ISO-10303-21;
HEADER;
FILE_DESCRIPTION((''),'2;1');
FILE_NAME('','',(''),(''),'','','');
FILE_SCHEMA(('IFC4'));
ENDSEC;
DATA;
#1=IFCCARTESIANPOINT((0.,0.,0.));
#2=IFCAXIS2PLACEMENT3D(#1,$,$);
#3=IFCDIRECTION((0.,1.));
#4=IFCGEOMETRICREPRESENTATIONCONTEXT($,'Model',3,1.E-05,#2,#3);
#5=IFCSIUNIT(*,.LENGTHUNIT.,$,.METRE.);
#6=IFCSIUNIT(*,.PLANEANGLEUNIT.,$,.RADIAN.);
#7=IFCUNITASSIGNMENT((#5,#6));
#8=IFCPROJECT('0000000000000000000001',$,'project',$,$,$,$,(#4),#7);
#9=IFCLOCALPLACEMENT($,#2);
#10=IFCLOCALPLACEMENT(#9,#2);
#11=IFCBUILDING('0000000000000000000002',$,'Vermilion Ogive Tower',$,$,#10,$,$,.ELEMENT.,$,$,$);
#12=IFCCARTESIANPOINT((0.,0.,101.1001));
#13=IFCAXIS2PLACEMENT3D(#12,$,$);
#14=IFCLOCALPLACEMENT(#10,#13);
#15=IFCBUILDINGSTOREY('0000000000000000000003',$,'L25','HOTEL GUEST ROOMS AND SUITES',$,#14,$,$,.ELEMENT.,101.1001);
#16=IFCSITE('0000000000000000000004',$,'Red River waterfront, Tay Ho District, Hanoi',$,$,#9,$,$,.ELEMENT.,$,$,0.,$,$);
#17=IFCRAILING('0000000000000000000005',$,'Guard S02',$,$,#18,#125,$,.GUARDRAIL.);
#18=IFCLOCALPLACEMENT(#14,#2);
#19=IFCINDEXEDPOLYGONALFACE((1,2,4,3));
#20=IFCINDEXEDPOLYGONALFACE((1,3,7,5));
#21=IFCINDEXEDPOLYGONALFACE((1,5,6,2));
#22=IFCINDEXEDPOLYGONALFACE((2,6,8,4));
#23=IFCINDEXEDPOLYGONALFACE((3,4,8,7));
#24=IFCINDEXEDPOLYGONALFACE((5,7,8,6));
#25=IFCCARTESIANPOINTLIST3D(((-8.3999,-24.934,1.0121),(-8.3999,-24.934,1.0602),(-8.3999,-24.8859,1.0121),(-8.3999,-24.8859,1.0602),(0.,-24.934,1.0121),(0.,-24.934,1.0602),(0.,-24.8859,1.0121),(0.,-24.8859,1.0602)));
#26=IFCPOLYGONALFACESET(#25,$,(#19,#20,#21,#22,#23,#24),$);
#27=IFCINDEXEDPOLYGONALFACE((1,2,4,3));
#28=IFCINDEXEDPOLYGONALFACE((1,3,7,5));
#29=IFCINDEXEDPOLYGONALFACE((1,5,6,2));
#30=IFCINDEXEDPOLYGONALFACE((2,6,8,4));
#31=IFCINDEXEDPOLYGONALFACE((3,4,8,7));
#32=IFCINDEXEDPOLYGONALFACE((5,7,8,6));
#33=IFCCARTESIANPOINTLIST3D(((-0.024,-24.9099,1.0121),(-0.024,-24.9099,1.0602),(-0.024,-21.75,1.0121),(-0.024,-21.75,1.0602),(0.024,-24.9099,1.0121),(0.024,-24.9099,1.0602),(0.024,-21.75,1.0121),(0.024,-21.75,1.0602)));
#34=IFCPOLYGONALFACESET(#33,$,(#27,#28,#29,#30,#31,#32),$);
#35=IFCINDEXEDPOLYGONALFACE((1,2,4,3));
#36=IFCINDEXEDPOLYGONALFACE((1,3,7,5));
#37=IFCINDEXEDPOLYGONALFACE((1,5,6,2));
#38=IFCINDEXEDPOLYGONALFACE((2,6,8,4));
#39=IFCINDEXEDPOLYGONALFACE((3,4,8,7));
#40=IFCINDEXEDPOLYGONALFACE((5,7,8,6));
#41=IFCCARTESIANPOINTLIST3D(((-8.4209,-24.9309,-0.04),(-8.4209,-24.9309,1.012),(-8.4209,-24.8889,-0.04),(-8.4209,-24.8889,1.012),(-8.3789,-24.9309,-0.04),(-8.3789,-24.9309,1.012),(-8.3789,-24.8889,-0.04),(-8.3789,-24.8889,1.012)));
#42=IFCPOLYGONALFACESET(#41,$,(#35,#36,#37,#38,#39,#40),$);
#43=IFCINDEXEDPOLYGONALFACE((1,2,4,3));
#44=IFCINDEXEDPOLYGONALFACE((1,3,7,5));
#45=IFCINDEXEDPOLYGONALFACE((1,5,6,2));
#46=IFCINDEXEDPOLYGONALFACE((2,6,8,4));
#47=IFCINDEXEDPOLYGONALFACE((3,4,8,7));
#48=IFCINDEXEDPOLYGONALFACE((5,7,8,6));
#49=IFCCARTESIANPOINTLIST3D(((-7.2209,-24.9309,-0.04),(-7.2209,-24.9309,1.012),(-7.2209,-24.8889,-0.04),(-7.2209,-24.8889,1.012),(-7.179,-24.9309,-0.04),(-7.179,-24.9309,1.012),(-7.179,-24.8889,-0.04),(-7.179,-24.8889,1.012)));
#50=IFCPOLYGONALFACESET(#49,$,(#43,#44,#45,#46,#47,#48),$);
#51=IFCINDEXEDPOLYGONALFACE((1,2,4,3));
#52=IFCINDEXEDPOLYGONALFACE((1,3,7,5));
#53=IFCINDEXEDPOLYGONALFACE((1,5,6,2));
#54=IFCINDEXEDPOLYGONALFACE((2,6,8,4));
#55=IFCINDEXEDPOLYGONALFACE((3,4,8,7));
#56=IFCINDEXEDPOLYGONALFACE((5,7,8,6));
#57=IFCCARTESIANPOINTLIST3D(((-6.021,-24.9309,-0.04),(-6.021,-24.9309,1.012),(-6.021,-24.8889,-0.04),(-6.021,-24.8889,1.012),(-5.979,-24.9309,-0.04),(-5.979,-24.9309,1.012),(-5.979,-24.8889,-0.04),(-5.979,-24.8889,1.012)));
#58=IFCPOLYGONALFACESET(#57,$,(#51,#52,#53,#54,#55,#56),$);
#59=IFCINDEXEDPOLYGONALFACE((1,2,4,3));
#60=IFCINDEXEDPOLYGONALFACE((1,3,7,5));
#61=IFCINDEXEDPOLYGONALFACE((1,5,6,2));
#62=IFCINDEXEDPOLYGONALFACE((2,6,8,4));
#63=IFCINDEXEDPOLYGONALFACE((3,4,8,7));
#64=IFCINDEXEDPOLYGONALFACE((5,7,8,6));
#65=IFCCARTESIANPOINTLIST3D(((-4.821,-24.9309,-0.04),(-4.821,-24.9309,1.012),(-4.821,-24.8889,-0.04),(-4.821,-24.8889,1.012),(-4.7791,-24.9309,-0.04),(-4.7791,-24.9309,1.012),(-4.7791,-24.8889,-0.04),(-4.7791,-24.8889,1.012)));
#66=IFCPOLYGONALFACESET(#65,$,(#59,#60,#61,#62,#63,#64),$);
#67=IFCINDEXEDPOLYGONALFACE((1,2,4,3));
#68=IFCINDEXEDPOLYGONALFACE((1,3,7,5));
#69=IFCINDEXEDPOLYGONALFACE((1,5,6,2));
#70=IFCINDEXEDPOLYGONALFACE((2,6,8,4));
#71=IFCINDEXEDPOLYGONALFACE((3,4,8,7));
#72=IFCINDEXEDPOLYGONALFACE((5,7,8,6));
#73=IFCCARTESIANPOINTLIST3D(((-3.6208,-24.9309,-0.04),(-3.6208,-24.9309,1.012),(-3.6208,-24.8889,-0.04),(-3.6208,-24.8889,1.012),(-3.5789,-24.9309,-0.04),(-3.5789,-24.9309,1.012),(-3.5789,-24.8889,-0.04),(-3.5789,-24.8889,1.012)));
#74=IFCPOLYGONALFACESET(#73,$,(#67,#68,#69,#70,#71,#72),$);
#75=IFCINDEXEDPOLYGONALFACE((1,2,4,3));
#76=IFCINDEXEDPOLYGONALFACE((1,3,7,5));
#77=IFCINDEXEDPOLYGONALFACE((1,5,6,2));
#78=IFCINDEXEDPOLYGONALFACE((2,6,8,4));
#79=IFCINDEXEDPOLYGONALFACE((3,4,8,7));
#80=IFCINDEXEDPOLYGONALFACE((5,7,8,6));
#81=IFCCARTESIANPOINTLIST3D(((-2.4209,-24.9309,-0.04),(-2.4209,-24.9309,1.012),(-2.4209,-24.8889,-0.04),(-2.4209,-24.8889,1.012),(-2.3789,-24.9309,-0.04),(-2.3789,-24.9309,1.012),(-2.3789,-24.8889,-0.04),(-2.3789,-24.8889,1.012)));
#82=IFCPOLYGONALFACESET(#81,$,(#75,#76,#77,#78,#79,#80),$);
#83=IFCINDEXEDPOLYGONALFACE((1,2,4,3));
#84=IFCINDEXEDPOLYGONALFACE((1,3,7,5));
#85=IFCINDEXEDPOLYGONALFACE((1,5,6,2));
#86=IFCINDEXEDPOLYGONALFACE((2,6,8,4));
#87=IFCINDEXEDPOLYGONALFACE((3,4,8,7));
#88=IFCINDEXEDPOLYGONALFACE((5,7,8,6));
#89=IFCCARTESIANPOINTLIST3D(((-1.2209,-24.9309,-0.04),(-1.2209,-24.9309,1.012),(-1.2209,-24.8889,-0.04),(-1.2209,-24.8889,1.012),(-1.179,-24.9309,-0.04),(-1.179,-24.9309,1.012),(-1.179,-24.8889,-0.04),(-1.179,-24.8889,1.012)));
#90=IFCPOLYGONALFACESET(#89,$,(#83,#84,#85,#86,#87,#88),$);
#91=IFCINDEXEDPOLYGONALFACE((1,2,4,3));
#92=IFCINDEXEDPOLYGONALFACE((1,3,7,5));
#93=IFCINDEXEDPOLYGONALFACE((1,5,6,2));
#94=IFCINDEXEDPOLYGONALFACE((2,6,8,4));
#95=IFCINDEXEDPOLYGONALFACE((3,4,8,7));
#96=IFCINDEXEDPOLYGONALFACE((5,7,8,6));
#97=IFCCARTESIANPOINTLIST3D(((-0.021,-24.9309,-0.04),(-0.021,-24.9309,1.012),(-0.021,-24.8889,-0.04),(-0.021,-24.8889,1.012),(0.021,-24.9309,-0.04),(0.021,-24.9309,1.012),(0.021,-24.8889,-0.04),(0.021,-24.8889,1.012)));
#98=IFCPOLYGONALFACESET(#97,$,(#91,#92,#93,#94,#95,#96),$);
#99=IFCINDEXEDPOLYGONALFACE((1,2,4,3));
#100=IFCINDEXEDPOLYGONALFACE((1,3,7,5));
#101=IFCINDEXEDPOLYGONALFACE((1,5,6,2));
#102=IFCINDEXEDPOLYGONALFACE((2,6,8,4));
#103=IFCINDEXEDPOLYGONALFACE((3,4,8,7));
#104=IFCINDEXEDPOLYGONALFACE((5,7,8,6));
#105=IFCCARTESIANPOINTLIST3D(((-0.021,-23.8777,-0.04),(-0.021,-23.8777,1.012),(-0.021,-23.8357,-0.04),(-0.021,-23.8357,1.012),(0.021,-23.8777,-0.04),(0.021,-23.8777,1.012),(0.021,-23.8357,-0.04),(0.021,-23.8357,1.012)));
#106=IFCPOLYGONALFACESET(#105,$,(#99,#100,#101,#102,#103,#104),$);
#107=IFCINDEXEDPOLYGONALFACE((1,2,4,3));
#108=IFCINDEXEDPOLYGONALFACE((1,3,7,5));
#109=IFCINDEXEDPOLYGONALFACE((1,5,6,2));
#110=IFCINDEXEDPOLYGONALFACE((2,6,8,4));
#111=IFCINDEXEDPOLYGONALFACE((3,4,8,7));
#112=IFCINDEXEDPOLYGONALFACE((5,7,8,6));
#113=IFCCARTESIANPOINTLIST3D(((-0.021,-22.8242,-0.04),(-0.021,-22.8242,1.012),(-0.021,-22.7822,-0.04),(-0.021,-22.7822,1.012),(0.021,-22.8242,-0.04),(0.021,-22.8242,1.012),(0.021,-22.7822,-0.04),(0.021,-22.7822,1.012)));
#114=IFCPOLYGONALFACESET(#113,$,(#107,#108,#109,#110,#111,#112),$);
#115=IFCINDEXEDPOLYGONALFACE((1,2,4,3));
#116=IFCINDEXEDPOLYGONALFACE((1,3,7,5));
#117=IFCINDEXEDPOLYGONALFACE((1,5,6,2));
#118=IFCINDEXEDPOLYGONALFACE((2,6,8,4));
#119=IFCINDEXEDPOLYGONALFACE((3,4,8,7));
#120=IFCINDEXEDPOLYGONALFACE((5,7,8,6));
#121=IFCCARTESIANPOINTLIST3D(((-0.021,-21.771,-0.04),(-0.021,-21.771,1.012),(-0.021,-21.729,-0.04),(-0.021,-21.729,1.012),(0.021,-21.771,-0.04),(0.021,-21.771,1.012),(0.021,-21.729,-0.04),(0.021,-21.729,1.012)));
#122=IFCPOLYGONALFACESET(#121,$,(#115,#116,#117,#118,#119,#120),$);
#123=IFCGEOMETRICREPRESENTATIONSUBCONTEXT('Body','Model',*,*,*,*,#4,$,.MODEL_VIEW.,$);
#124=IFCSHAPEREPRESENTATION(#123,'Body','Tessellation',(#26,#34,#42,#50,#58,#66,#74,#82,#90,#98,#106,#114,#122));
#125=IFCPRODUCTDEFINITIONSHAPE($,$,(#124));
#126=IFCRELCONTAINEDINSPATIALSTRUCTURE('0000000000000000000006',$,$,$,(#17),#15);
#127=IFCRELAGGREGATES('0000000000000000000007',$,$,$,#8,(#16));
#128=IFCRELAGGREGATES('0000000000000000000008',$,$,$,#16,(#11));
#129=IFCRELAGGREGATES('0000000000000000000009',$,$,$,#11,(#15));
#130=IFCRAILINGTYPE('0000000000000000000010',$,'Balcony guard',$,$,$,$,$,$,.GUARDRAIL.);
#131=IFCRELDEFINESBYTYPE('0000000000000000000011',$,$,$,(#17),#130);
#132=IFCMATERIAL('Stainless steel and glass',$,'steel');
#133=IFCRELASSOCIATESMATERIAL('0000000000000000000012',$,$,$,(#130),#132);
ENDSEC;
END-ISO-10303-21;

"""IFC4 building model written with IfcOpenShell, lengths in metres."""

from ifc_helpers import new_model, si_unit, direction, frame, origin, origin_2d, place, context, subcontext, project, spatial, rectangle, extrude, material, type_object, element, save


model = new_model("IFC4")

# Units and contexts
model_context = context("Model", 3, precision=1e-05, world=origin(), true_north=direction((0.0, 1.0)))
body_context = subcontext(model_context, "Body", "Model", "MODEL_VIEW")
ifc_project = project(units=[si_unit("LENGTHUNIT", "METRE"), si_unit("PLANEANGLEUNIT", "RADIAN")], contexts=[model_context])

# Site, building, storey
site_placement = place(None, origin())
site = spatial("IfcSite", under=ifc_project, at=site_placement, Name="Red River waterfront, Tay Ho District, Hanoi", CompositionType="ELEMENT", RefElevation=0.0)
building_placement = place(site_placement, origin())
building = spatial("IfcBuilding", under=site, at=building_placement, Name="Vermilion Ogive Tower", CompositionType="ELEMENT")
storey_placement = place(building_placement, frame((0.0, 0.0, 101.1001)))
storey = spatial("IfcBuildingStorey", under=building, at=storey_placement, Name="L25", Description="HOTEL GUEST ROOMS AND SUITES", CompositionType="ELEMENT", Elevation=101.1001)

# Railing
ifc_material_1 = material(Name="Stainless steel and glass", Category="steel")
railing_type_1 = type_object("IfcRailingType", Name="Balcony guard", PredefinedType="GUARDRAIL", material=ifc_material_1)
railing_1_placement = place(storey_placement, frame((-8.3999, -24.9099, -0.04)))
element("IfcRailing", 1, at=railing_1_placement, inside=storey, type_object=railing_type_1, Name="Guard S02", PredefinedType="GUARDRAIL", context=body_context, shape_type="SweptSolid", body=[
    extrude(rectangle(XDim=0.0481, YDim=0.0481, at=origin_2d()), frame((0.0, 0.0, 1.0762), z_axis=(1.0, 0.0, 0.0), x_axis=(0.0, 1.0, 0.0)), (0.0, 0.0, 1.0), 8.3999),
    extrude(rectangle(XDim=0.0481, YDim=0.0481, at=origin_2d()), frame((8.3999, 0.0, 1.0762), z_axis=(0.0, 1.0, 0.0), x_axis=(-1.0, 0.0, 0.0)), (0.0, 0.0, 1.0), 3.1599),
    extrude(rectangle(XDim=0.042, YDim=0.042, at=origin_2d()), origin(), (0.0, 0.0, 1.0), 1.052),
    extrude(rectangle(XDim=0.042, YDim=0.042, at=origin_2d()), frame((1.2, 0.0, 0.0)), (0.0, 0.0, 1.0), 1.052),
    extrude(rectangle(XDim=0.042, YDim=0.042, at=origin_2d()), frame((2.3999, 0.0, 0.0)), (0.0, 0.0, 1.0), 1.052),
    extrude(rectangle(XDim=0.042, YDim=0.042, at=origin_2d()), frame((3.5999, 0.0, 0.0)), (0.0, 0.0, 1.0), 1.052),
    extrude(rectangle(XDim=0.042, YDim=0.042, at=origin_2d()), frame((4.8, 0.0, 0.0)), (0.0, 0.0, 1.0), 1.052),
    extrude(rectangle(XDim=0.042, YDim=0.042, at=origin_2d()), frame((6.0, 0.0, 0.0)), (0.0, 0.0, 1.0), 1.052),
    extrude(rectangle(XDim=0.042, YDim=0.042, at=origin_2d()), frame((7.2, 0.0, 0.0)), (0.0, 0.0, 1.0), 1.052),
    extrude(rectangle(XDim=0.042, YDim=0.042, at=origin_2d()), frame((8.3999, 0.0, 0.0)), (0.0, 0.0, 1.0), 1.052),
    extrude(rectangle(XDim=0.042, YDim=0.042, at=origin_2d()), frame((8.3999, 1.0532, 0.0)), (0.0, 0.0, 1.0), 1.052),
    extrude(rectangle(XDim=0.042, YDim=0.042, at=origin_2d()), frame((8.3999, 2.1067, 0.0)), (0.0, 0.0, 1.0), 1.052),
    extrude(rectangle(XDim=0.042, YDim=0.042, at=origin_2d()), frame((8.3999, 3.1599, 0.0)), (0.0, 0.0, 1.0), 1.052),
])

save(model, "model.ifc")
